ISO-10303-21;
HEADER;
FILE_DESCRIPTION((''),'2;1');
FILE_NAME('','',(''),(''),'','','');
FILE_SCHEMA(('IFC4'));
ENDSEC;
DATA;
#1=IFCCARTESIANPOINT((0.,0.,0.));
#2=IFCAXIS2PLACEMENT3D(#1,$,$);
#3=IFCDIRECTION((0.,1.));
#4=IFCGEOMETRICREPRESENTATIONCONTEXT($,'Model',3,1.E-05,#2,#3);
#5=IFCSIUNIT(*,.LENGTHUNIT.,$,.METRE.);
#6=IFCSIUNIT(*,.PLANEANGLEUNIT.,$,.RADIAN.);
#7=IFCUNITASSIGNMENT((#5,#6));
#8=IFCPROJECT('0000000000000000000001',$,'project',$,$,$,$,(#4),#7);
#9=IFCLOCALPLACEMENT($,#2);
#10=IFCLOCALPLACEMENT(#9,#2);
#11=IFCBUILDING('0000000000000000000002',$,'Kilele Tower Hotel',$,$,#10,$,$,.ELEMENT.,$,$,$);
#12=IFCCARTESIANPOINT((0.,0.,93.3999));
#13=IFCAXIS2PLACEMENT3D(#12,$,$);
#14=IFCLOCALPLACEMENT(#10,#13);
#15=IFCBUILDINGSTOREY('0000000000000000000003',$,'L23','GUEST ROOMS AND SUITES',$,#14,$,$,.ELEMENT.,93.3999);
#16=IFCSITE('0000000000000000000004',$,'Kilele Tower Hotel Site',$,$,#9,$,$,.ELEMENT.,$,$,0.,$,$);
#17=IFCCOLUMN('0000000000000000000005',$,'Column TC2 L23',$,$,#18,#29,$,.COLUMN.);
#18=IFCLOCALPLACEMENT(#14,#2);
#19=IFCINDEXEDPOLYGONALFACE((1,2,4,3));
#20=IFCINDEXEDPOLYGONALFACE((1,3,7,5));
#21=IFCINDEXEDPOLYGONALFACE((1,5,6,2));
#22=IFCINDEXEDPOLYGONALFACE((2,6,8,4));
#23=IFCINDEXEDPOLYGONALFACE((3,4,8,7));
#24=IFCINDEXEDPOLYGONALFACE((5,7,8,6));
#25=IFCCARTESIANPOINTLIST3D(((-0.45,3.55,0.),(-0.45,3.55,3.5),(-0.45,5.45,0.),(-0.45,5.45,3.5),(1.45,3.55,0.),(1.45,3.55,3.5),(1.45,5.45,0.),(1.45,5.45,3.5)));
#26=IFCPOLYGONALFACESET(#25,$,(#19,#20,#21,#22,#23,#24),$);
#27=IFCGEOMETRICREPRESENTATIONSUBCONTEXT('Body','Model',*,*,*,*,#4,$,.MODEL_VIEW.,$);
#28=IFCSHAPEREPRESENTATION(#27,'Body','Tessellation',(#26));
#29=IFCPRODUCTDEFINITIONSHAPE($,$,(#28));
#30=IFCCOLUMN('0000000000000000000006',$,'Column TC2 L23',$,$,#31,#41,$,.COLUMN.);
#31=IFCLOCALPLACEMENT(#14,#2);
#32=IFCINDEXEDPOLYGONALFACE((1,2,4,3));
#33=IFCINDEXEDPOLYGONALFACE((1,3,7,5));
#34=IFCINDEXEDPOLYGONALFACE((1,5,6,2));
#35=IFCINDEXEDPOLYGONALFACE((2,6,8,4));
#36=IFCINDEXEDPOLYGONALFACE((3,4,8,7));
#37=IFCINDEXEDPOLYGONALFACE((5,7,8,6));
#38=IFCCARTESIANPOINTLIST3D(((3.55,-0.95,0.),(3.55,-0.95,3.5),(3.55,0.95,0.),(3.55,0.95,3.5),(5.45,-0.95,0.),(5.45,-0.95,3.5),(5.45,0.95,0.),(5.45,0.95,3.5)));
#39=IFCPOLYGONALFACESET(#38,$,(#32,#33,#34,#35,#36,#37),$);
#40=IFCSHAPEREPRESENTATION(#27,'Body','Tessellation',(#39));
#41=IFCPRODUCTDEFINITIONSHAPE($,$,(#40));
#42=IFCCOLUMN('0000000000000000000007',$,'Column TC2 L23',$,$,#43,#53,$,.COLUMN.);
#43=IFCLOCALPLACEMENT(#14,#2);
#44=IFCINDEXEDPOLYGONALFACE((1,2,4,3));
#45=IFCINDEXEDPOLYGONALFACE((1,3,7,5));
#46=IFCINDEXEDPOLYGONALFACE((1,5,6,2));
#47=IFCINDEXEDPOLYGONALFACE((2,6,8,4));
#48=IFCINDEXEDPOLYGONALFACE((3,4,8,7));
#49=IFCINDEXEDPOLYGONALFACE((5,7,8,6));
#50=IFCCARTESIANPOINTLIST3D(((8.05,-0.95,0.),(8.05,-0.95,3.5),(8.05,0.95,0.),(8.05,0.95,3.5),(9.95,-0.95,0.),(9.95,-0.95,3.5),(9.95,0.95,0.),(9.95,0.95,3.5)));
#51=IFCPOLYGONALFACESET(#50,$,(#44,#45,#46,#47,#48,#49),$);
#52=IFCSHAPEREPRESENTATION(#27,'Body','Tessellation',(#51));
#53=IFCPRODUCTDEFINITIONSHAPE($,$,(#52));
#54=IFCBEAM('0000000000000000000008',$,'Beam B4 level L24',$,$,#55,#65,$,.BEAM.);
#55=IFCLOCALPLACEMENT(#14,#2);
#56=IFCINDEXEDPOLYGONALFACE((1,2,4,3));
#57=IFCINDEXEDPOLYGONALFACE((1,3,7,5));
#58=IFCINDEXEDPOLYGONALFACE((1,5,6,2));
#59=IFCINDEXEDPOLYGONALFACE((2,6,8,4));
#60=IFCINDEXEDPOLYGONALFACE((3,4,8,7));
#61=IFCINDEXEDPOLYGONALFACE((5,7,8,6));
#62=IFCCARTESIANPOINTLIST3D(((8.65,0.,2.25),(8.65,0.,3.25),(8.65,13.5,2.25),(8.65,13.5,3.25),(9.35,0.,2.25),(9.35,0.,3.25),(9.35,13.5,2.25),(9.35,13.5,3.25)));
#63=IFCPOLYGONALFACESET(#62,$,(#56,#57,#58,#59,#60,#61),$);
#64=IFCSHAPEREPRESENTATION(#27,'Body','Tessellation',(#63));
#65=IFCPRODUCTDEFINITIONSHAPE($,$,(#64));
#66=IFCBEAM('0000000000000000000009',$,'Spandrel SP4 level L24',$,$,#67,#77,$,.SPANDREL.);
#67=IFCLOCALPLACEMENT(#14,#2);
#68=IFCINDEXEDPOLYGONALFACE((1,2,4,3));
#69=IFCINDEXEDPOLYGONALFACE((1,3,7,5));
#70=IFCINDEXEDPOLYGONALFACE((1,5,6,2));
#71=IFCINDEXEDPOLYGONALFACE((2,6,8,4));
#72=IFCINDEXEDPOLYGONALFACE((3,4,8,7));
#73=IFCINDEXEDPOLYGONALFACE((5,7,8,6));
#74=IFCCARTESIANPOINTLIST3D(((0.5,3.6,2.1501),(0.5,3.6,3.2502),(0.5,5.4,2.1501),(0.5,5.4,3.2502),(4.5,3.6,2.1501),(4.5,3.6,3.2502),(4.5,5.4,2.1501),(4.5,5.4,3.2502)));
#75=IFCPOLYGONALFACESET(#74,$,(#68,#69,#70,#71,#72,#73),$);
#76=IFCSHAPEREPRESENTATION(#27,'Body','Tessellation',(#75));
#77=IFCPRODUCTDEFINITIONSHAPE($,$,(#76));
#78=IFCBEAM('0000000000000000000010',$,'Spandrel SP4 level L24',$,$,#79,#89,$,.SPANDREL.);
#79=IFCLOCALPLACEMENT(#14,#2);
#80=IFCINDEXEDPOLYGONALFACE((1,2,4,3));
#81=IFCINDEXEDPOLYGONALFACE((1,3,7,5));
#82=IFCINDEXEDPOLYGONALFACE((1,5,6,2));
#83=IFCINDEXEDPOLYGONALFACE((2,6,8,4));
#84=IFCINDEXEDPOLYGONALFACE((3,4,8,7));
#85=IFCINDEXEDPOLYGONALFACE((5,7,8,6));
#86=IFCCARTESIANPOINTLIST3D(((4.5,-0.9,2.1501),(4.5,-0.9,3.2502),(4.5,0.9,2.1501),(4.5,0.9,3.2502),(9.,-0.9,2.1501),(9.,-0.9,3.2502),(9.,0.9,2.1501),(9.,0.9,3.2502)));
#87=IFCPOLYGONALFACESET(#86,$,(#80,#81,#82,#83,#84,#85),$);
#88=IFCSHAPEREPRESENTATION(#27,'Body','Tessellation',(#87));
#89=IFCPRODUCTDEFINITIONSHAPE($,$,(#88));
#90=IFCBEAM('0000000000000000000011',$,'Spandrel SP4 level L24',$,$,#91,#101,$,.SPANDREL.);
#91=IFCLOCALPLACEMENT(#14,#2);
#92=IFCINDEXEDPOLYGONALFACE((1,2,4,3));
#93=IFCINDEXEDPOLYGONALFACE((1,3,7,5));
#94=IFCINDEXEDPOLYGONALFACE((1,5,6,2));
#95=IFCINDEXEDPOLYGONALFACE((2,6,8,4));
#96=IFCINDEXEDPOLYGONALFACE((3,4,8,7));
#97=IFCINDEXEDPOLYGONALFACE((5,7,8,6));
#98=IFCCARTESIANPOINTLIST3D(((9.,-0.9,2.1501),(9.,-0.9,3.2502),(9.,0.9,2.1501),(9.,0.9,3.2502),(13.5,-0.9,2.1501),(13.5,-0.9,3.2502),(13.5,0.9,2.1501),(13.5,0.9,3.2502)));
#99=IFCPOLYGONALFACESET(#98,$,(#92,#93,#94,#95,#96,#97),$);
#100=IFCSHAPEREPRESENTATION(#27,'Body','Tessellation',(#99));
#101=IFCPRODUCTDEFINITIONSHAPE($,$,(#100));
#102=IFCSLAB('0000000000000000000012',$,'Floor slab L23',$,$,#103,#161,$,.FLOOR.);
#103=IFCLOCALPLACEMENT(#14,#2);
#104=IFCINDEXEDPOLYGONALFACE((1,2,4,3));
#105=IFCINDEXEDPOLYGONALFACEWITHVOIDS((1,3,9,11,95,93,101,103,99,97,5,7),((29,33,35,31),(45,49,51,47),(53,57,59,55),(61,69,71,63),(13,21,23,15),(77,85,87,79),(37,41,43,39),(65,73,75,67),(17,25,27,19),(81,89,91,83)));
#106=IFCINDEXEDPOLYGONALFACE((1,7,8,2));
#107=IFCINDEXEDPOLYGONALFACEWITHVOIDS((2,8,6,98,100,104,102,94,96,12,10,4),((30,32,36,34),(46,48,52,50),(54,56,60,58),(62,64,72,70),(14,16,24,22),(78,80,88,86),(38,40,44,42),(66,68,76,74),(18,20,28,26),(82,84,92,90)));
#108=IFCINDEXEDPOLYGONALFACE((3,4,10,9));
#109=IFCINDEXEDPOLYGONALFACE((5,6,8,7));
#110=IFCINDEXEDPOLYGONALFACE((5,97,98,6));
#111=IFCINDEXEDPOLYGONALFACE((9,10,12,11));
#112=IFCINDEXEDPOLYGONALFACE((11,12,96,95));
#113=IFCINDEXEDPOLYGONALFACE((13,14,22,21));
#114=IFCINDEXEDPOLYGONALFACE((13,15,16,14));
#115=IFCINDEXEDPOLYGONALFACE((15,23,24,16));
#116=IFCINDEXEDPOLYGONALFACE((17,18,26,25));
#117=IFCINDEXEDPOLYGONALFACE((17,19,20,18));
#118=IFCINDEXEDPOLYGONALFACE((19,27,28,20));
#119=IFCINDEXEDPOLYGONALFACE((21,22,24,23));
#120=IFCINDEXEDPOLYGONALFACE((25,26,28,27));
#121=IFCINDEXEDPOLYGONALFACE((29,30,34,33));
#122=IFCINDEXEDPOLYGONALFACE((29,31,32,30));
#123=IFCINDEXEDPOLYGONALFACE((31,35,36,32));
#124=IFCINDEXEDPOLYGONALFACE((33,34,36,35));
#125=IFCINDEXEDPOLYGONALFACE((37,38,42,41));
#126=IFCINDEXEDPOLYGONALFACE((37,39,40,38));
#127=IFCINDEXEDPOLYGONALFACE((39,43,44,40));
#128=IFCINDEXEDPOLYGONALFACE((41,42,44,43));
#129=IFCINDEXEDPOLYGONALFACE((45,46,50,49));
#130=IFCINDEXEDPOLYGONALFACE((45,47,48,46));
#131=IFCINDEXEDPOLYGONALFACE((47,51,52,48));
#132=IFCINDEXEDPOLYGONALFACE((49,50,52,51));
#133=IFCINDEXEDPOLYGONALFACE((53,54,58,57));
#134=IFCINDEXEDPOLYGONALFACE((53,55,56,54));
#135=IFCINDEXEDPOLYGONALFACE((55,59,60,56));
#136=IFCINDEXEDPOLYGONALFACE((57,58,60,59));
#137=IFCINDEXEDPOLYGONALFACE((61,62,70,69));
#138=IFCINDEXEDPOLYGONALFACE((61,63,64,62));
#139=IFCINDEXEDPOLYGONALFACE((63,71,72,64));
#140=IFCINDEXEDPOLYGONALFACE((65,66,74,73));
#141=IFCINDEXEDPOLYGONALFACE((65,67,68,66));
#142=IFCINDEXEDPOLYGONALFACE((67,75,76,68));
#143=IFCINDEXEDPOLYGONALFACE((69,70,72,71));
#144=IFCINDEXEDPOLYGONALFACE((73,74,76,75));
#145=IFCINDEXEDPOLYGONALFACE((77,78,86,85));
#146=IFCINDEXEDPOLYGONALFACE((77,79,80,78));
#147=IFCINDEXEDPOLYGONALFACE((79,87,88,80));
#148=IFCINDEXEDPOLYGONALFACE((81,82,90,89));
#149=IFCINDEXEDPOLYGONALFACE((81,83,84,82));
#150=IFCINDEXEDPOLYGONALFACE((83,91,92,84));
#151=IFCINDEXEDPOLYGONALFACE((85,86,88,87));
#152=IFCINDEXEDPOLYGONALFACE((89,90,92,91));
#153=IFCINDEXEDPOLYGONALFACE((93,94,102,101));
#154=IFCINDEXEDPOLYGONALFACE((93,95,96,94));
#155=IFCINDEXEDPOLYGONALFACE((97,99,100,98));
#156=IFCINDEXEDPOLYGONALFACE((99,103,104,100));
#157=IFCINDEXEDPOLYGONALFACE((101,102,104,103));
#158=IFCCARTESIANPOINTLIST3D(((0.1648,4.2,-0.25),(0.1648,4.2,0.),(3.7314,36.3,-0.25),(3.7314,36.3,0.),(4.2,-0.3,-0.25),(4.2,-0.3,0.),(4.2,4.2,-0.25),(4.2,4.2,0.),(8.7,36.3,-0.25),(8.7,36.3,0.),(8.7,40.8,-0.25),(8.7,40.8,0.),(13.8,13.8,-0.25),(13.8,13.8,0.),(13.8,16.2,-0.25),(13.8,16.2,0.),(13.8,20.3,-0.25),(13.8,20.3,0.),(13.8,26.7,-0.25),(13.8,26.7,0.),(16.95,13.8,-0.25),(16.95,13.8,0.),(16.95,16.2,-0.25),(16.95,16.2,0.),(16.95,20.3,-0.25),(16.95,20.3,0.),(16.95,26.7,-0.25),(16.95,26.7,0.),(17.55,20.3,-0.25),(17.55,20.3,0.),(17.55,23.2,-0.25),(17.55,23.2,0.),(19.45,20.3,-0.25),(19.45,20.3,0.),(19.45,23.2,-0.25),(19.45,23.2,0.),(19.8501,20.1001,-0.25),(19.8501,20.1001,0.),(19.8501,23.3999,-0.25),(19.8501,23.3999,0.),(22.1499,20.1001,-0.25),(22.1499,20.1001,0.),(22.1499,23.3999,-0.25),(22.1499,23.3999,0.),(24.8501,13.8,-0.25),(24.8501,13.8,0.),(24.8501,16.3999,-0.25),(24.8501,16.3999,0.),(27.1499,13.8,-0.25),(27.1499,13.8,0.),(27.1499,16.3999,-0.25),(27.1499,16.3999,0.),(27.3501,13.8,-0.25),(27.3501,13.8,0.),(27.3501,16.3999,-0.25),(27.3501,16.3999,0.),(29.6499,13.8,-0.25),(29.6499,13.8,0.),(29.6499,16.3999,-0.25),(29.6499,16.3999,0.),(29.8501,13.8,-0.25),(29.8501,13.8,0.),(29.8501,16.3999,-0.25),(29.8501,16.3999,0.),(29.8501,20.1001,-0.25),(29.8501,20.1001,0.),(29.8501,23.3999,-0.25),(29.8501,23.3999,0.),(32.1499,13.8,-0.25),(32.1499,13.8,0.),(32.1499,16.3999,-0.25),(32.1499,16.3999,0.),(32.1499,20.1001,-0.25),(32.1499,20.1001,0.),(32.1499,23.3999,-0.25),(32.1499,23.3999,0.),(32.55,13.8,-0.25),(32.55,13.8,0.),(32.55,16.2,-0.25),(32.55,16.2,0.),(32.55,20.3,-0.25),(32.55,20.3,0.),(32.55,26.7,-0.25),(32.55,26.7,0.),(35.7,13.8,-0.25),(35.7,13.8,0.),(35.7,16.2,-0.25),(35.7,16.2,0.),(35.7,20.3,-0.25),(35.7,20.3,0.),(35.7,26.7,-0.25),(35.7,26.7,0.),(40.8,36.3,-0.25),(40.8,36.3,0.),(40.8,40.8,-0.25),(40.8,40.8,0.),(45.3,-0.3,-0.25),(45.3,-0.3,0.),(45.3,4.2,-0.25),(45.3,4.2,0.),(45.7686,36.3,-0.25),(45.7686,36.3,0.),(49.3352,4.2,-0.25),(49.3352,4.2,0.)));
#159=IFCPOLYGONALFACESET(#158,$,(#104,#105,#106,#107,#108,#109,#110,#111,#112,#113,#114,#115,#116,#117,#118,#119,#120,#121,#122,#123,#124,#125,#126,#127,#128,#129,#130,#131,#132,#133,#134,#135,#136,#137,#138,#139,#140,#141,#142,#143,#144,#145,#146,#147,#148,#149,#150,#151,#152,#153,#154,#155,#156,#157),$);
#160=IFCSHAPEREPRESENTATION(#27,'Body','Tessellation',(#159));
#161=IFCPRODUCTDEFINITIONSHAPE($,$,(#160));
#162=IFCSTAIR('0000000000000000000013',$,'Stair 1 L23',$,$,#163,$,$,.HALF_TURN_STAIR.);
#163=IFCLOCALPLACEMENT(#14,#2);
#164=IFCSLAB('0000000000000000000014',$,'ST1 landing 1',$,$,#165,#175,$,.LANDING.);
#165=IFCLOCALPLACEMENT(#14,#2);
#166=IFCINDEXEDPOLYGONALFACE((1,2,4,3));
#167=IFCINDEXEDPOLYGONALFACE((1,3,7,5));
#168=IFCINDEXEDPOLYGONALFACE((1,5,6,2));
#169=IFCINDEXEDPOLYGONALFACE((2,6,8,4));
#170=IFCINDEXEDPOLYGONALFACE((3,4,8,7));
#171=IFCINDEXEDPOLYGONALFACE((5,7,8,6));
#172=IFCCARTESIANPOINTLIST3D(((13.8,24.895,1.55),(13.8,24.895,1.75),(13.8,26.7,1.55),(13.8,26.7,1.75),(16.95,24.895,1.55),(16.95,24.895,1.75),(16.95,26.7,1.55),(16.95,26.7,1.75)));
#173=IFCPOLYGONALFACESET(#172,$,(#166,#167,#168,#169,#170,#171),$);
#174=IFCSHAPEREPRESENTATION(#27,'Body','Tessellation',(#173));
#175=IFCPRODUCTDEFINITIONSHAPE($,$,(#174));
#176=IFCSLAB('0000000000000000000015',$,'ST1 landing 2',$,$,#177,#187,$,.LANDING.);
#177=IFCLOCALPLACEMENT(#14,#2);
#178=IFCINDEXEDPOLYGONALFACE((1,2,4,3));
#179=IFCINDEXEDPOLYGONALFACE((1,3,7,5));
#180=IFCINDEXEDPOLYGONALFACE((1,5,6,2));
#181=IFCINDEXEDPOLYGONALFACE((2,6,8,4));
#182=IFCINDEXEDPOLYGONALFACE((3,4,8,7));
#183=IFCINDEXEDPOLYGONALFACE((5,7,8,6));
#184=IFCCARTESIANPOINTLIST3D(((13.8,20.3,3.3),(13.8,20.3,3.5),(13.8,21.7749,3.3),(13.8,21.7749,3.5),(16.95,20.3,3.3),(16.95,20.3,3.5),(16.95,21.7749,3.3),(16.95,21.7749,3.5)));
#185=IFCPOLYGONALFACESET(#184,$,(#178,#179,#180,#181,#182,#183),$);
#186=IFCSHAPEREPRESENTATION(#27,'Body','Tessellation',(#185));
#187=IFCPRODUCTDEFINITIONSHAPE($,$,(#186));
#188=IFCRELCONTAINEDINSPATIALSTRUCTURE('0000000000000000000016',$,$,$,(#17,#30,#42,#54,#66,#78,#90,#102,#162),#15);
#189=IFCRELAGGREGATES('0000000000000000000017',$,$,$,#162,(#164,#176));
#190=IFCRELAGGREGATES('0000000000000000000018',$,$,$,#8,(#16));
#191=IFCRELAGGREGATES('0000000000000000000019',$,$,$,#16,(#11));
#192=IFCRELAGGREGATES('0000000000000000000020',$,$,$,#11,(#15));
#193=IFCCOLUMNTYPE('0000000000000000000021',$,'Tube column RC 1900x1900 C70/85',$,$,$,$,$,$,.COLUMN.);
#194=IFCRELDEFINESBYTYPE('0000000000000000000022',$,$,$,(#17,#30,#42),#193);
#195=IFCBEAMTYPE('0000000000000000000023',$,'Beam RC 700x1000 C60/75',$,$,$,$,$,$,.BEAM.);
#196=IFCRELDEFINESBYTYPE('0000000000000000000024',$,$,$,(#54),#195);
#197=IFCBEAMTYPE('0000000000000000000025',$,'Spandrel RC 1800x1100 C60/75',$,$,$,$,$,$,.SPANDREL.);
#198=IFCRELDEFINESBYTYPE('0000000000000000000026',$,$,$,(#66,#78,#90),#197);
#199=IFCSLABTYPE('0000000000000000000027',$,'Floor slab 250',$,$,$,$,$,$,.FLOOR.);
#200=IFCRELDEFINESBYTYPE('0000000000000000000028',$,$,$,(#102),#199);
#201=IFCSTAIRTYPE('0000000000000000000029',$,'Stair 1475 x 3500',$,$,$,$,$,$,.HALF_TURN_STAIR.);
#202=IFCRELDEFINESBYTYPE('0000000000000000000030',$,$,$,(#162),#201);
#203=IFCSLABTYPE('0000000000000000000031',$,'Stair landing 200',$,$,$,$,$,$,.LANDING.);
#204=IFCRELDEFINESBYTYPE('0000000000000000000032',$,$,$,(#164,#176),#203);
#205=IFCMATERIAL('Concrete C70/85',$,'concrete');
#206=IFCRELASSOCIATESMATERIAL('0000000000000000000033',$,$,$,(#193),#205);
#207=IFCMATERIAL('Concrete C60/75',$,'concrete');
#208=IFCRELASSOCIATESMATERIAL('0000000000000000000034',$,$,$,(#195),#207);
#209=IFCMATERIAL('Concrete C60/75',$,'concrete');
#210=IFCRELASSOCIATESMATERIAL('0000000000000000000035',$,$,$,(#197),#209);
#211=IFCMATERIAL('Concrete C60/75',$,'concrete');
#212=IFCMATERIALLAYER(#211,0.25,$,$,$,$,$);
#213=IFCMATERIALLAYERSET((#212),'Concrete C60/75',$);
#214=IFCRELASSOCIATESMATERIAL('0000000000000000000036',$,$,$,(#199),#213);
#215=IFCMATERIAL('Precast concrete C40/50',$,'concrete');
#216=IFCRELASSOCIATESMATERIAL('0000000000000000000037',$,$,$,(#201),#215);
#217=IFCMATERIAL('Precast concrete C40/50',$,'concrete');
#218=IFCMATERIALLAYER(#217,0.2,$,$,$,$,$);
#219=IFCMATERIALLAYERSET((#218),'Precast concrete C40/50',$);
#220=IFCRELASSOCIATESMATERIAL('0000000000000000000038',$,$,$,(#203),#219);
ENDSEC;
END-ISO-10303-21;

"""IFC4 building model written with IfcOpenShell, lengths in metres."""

from ifc_helpers import new_model, si_unit, direction, frame, origin, origin_2d, place, context, subcontext, project, spatial, polyline, rectangle, outline, extrude, material, layer, layer_set, material_profile, profile_set, type_object, element, aggregate, save


model = new_model("IFC4")

# Units and contexts
model_context = context("Model", 3, precision=1e-05, world=origin(), true_north=direction((0.0, 1.0)))
body_context = subcontext(model_context, "Body", "Model", "MODEL_VIEW")
ifc_project = project(units=[si_unit("LENGTHUNIT", "METRE"), si_unit("PLANEANGLEUNIT", "RADIAN")], contexts=[model_context])

# Site, building, storey
site_placement = place(None, origin())
site = spatial("IfcSite", under=ifc_project, at=site_placement, Name="Kilele Tower Hotel Site", CompositionType="ELEMENT", RefElevation=0.0)
building_placement = place(site_placement, origin())
building = spatial("IfcBuilding", under=site, at=building_placement, Name="Kilele Tower Hotel", CompositionType="ELEMENT")
storey_placement = place(building_placement, frame((0.0, 0.0, 93.3999)))
storey = spatial("IfcBuildingStorey", under=building, at=storey_placement, Name="L23", Description="GUEST ROOMS AND SUITES", CompositionType="ELEMENT", Elevation=93.3999)

# Columns
ifc_material_1 = material(Name="Concrete C70/85", Category="concrete")
ifc_material_profile_1 = material_profile(ifc_material_1, rectangle(XDim=1.8999, YDim=1.8999, at=origin_2d()))
ifc_profile_set_1 = profile_set([ifc_material_profile_1], Name="Concrete C70/85")
column_type = type_object("IfcColumnType", Name="Tube column RC 1900x1900 C70/85", PredefinedType="COLUMN", material=ifc_profile_set_1)
for number, where, z_axis, x_axis, name in (
    (1, (0.5, 4.5, 0.0), (0.0, 0.0, 1.0), (1.0, 0.0, 0.0), "Column TC2 L23"),
    (2, (4.5, 0.0, 0.0), (0.0, 0.0, 1.0), (1.0, 0.0, 0.0), "Column TC2 L23"),
    (3, (9.0, 0.0, 0.0), (0.0, 0.0, 1.0), (1.0, 0.0, 0.0), "Column TC2 L23"),
):
    element("IfcColumn", number, at=place(storey_placement, frame(where, z_axis=z_axis, x_axis=x_axis)), inside=storey, type_object=column_type, Name=name, PredefinedType="COLUMN", context=body_context, shape_type="SweptSolid", body=[
        extrude(rectangle(XDim=1.8999, YDim=1.8999, at=origin_2d()), origin(), (0.0, 0.0, 1.0), 3.5),
    ])

# Beams
ifc_material_2 = material(Name="Concrete C60/75", Category="concrete")
ifc_material_profile_2 = material_profile(ifc_material_2, rectangle(XDim=0.7, YDim=1.0, at=origin_2d()))
ifc_profile_set_2 = profile_set([ifc_material_profile_2], Name="Concrete C60/75")
beam_type_1 = type_object("IfcBeamType", Name="Beam RC 700x1000 C60/75", PredefinedType="BEAM", material=ifc_profile_set_2)
beam_1_placement = place(storey_placement, frame((9.0, 0.0, 2.75), z_axis=(0.0, 1.0, 0.0), x_axis=(-1.0, 0.0, 0.0)))
element("IfcBeam", 4, at=beam_1_placement, inside=storey, type_object=beam_type_1, Name="Beam B4 level L24", PredefinedType="BEAM", context=body_context, shape_type="SweptSolid", body=[
    extrude(rectangle(XDim=0.7, YDim=1.0, at=origin_2d()), origin(), (0.0, 0.0, 1.0), 13.5),
])
ifc_material_3 = material(Name="Concrete C60/75", Category="concrete")
ifc_material_profile_3 = material_profile(ifc_material_3, rectangle(XDim=1.8, YDim=1.1001, at=origin_2d()))
ifc_profile_set_3 = profile_set([ifc_material_profile_3], Name="Concrete C60/75")
beam_type_2 = type_object("IfcBeamType", Name="Spandrel RC 1800x1100 C60/75", PredefinedType="SPANDREL", material=ifc_profile_set_3)
beam_2_placement = place(storey_placement, frame((0.5, 4.5, 2.7002), z_axis=(1.0, 0.0, 0.0), x_axis=(0.0, 1.0, 0.0)))
element("IfcBeam", 5, at=beam_2_placement, inside=storey, type_object=beam_type_2, Name="Spandrel SP4 level L24", PredefinedType="SPANDREL", context=body_context, shape_type="SweptSolid", body=[
    extrude(rectangle(XDim=1.8, YDim=1.1001, at=origin_2d()), origin(), (0.0, 0.0, 1.0), 4.0),
])
for number, where, z_axis, x_axis, name in (
    (6, (4.5, 0.0, 2.7002), (1.0, 0.0, 0.0), (0.0, 1.0, 0.0), "Spandrel SP4 level L24"),
    (7, (9.0, 0.0, 2.7002), (1.0, 0.0, 0.0), (0.0, 1.0, 0.0), "Spandrel SP4 level L24"),
):
    element("IfcBeam", number, at=place(storey_placement, frame(where, z_axis=z_axis, x_axis=x_axis)), inside=storey, type_object=beam_type_2, Name=name, PredefinedType="SPANDREL", context=body_context, shape_type="SweptSolid", body=[
        extrude(rectangle(XDim=1.8, YDim=1.1001, at=origin_2d()), origin(), (0.0, 0.0, 1.0), 4.5),
    ])

# Slab
ifc_material_4 = material(Name="Concrete C60/75", Category="concrete")
ifc_layer_1 = layer(ifc_material_4, 0.25)
ifc_layer_set_1 = layer_set([ifc_layer_1], Name="Concrete C60/75")
slab_type_1 = type_object("IfcSlabType", Name="Floor slab 250", PredefinedType="FLOOR", material=ifc_layer_set_1)
slab_1_placement = place(storey_placement, frame((0.0, 0.0, -0.25)))
element("IfcSlab", 8, at=slab_1_placement, inside=storey, type_object=slab_type_1, Name="Floor slab L23", PredefinedType="FLOOR", context=body_context, shape_type="SweptSolid", body=[
    extrude(outline(polyline([(8.7, 36.3), (8.7, 40.8), (40.8, 40.8), (40.8, 36.3), (45.7686, 36.3), (49.3352, 4.2), (45.3, 4.2), (45.3, -0.3), (4.2, -0.3), (4.2, 4.2), (0.1648, 4.2), (3.7314, 36.3), (8.7, 36.3)]), holes=[polyline([(16.95, 16.2), (13.8, 16.2), (13.8, 13.8), (16.95, 13.8), (16.95, 16.2)]), polyline([(35.7, 16.2), (32.55, 16.2), (32.55, 13.8), (35.7, 13.8), (35.7, 16.2)]), polyline([(27.1499, 16.3999), (24.8501, 16.3999), (24.8501, 13.8), (27.1499, 13.8), (27.1499, 16.3999)]), polyline([(29.6499, 13.8), (29.6499, 16.3999), (27.3501, 16.3999), (27.3501, 13.8), (29.6499, 13.8)]), polyline([(32.1499, 13.8), (32.1499, 16.3999), (29.8501, 16.3999), (29.8501, 13.8), (32.1499, 13.8)]), polyline([(19.45, 23.2), (17.55, 23.2), (17.55, 20.3), (19.45, 20.3), (19.45, 23.2)]), polyline([(22.1499, 23.3999), (19.8501, 23.3999), (19.8501, 20.1001), (22.1499, 20.1001), (22.1499, 23.3999)]), polyline([(32.1499, 23.3999), (29.8501, 23.3999), (29.8501, 20.1001), (32.1499, 20.1001), (32.1499, 23.3999)]), polyline([(16.95, 20.3), (16.95, 26.7), (13.8, 26.7), (13.8, 20.3), (16.95, 20.3)]), polyline([(35.7, 20.3), (35.7, 26.7), (32.55, 26.7), (32.55, 20.3), (35.7, 20.3)])]), origin(), (0.0, 0.0, 1.0), 0.25),
])

# Stair, slabs
ifc_material_5 = material(Name="Precast concrete C40/50", Category="concrete")
stair_type = type_object("IfcStairType", Name="Stair 1475 x 3500", PredefinedType="HALF_TURN_STAIR", material=ifc_material_5)
stair_1_placement = place(storey_placement, origin())
stair_1 = element("IfcStair", 9, at=stair_1_placement, inside=storey, type_object=stair_type, Name="Stair 1 L23", PredefinedType="HALF_TURN_STAIR")
ifc_material_6 = material(Name="Precast concrete C40/50", Category="concrete")
ifc_layer_2 = layer(ifc_material_6, 0.2)
ifc_layer_set_2 = layer_set([ifc_layer_2], Name="Precast concrete C40/50")
slab_type_2 = type_object("IfcSlabType", Name="Stair landing 200", PredefinedType="LANDING", material=ifc_layer_set_2)
slab_2_placement = place(storey_placement, frame((0.0, 0.0, 1.55)))
slab_2 = element("IfcSlab", 10, at=slab_2_placement, type_object=slab_type_2, Name="ST1 landing 1", PredefinedType="LANDING", context=body_context, shape_type="SweptSolid", body=[
    extrude(outline(polyline([(13.8, 24.895), (16.95, 24.895), (16.95, 26.7), (13.8, 26.7), (13.8, 24.895)])), origin(), (0.0, 0.0, 1.0), 0.2),
])
slab_3_placement = place(storey_placement, frame((0.0, 0.0, 3.3)))
slab_3 = element("IfcSlab", 11, at=slab_3_placement, type_object=slab_type_2, Name="ST1 landing 2", PredefinedType="LANDING", context=body_context, shape_type="SweptSolid", body=[
    extrude(outline(polyline([(13.8, 20.3), (16.95, 20.3), (16.95, 21.7749), (13.8, 21.7749), (13.8, 20.3)])), origin(), (0.0, 0.0, 1.0), 0.2),
])
aggregate(stair_1, [slab_2, slab_3])

save(model, "model.ifc")
